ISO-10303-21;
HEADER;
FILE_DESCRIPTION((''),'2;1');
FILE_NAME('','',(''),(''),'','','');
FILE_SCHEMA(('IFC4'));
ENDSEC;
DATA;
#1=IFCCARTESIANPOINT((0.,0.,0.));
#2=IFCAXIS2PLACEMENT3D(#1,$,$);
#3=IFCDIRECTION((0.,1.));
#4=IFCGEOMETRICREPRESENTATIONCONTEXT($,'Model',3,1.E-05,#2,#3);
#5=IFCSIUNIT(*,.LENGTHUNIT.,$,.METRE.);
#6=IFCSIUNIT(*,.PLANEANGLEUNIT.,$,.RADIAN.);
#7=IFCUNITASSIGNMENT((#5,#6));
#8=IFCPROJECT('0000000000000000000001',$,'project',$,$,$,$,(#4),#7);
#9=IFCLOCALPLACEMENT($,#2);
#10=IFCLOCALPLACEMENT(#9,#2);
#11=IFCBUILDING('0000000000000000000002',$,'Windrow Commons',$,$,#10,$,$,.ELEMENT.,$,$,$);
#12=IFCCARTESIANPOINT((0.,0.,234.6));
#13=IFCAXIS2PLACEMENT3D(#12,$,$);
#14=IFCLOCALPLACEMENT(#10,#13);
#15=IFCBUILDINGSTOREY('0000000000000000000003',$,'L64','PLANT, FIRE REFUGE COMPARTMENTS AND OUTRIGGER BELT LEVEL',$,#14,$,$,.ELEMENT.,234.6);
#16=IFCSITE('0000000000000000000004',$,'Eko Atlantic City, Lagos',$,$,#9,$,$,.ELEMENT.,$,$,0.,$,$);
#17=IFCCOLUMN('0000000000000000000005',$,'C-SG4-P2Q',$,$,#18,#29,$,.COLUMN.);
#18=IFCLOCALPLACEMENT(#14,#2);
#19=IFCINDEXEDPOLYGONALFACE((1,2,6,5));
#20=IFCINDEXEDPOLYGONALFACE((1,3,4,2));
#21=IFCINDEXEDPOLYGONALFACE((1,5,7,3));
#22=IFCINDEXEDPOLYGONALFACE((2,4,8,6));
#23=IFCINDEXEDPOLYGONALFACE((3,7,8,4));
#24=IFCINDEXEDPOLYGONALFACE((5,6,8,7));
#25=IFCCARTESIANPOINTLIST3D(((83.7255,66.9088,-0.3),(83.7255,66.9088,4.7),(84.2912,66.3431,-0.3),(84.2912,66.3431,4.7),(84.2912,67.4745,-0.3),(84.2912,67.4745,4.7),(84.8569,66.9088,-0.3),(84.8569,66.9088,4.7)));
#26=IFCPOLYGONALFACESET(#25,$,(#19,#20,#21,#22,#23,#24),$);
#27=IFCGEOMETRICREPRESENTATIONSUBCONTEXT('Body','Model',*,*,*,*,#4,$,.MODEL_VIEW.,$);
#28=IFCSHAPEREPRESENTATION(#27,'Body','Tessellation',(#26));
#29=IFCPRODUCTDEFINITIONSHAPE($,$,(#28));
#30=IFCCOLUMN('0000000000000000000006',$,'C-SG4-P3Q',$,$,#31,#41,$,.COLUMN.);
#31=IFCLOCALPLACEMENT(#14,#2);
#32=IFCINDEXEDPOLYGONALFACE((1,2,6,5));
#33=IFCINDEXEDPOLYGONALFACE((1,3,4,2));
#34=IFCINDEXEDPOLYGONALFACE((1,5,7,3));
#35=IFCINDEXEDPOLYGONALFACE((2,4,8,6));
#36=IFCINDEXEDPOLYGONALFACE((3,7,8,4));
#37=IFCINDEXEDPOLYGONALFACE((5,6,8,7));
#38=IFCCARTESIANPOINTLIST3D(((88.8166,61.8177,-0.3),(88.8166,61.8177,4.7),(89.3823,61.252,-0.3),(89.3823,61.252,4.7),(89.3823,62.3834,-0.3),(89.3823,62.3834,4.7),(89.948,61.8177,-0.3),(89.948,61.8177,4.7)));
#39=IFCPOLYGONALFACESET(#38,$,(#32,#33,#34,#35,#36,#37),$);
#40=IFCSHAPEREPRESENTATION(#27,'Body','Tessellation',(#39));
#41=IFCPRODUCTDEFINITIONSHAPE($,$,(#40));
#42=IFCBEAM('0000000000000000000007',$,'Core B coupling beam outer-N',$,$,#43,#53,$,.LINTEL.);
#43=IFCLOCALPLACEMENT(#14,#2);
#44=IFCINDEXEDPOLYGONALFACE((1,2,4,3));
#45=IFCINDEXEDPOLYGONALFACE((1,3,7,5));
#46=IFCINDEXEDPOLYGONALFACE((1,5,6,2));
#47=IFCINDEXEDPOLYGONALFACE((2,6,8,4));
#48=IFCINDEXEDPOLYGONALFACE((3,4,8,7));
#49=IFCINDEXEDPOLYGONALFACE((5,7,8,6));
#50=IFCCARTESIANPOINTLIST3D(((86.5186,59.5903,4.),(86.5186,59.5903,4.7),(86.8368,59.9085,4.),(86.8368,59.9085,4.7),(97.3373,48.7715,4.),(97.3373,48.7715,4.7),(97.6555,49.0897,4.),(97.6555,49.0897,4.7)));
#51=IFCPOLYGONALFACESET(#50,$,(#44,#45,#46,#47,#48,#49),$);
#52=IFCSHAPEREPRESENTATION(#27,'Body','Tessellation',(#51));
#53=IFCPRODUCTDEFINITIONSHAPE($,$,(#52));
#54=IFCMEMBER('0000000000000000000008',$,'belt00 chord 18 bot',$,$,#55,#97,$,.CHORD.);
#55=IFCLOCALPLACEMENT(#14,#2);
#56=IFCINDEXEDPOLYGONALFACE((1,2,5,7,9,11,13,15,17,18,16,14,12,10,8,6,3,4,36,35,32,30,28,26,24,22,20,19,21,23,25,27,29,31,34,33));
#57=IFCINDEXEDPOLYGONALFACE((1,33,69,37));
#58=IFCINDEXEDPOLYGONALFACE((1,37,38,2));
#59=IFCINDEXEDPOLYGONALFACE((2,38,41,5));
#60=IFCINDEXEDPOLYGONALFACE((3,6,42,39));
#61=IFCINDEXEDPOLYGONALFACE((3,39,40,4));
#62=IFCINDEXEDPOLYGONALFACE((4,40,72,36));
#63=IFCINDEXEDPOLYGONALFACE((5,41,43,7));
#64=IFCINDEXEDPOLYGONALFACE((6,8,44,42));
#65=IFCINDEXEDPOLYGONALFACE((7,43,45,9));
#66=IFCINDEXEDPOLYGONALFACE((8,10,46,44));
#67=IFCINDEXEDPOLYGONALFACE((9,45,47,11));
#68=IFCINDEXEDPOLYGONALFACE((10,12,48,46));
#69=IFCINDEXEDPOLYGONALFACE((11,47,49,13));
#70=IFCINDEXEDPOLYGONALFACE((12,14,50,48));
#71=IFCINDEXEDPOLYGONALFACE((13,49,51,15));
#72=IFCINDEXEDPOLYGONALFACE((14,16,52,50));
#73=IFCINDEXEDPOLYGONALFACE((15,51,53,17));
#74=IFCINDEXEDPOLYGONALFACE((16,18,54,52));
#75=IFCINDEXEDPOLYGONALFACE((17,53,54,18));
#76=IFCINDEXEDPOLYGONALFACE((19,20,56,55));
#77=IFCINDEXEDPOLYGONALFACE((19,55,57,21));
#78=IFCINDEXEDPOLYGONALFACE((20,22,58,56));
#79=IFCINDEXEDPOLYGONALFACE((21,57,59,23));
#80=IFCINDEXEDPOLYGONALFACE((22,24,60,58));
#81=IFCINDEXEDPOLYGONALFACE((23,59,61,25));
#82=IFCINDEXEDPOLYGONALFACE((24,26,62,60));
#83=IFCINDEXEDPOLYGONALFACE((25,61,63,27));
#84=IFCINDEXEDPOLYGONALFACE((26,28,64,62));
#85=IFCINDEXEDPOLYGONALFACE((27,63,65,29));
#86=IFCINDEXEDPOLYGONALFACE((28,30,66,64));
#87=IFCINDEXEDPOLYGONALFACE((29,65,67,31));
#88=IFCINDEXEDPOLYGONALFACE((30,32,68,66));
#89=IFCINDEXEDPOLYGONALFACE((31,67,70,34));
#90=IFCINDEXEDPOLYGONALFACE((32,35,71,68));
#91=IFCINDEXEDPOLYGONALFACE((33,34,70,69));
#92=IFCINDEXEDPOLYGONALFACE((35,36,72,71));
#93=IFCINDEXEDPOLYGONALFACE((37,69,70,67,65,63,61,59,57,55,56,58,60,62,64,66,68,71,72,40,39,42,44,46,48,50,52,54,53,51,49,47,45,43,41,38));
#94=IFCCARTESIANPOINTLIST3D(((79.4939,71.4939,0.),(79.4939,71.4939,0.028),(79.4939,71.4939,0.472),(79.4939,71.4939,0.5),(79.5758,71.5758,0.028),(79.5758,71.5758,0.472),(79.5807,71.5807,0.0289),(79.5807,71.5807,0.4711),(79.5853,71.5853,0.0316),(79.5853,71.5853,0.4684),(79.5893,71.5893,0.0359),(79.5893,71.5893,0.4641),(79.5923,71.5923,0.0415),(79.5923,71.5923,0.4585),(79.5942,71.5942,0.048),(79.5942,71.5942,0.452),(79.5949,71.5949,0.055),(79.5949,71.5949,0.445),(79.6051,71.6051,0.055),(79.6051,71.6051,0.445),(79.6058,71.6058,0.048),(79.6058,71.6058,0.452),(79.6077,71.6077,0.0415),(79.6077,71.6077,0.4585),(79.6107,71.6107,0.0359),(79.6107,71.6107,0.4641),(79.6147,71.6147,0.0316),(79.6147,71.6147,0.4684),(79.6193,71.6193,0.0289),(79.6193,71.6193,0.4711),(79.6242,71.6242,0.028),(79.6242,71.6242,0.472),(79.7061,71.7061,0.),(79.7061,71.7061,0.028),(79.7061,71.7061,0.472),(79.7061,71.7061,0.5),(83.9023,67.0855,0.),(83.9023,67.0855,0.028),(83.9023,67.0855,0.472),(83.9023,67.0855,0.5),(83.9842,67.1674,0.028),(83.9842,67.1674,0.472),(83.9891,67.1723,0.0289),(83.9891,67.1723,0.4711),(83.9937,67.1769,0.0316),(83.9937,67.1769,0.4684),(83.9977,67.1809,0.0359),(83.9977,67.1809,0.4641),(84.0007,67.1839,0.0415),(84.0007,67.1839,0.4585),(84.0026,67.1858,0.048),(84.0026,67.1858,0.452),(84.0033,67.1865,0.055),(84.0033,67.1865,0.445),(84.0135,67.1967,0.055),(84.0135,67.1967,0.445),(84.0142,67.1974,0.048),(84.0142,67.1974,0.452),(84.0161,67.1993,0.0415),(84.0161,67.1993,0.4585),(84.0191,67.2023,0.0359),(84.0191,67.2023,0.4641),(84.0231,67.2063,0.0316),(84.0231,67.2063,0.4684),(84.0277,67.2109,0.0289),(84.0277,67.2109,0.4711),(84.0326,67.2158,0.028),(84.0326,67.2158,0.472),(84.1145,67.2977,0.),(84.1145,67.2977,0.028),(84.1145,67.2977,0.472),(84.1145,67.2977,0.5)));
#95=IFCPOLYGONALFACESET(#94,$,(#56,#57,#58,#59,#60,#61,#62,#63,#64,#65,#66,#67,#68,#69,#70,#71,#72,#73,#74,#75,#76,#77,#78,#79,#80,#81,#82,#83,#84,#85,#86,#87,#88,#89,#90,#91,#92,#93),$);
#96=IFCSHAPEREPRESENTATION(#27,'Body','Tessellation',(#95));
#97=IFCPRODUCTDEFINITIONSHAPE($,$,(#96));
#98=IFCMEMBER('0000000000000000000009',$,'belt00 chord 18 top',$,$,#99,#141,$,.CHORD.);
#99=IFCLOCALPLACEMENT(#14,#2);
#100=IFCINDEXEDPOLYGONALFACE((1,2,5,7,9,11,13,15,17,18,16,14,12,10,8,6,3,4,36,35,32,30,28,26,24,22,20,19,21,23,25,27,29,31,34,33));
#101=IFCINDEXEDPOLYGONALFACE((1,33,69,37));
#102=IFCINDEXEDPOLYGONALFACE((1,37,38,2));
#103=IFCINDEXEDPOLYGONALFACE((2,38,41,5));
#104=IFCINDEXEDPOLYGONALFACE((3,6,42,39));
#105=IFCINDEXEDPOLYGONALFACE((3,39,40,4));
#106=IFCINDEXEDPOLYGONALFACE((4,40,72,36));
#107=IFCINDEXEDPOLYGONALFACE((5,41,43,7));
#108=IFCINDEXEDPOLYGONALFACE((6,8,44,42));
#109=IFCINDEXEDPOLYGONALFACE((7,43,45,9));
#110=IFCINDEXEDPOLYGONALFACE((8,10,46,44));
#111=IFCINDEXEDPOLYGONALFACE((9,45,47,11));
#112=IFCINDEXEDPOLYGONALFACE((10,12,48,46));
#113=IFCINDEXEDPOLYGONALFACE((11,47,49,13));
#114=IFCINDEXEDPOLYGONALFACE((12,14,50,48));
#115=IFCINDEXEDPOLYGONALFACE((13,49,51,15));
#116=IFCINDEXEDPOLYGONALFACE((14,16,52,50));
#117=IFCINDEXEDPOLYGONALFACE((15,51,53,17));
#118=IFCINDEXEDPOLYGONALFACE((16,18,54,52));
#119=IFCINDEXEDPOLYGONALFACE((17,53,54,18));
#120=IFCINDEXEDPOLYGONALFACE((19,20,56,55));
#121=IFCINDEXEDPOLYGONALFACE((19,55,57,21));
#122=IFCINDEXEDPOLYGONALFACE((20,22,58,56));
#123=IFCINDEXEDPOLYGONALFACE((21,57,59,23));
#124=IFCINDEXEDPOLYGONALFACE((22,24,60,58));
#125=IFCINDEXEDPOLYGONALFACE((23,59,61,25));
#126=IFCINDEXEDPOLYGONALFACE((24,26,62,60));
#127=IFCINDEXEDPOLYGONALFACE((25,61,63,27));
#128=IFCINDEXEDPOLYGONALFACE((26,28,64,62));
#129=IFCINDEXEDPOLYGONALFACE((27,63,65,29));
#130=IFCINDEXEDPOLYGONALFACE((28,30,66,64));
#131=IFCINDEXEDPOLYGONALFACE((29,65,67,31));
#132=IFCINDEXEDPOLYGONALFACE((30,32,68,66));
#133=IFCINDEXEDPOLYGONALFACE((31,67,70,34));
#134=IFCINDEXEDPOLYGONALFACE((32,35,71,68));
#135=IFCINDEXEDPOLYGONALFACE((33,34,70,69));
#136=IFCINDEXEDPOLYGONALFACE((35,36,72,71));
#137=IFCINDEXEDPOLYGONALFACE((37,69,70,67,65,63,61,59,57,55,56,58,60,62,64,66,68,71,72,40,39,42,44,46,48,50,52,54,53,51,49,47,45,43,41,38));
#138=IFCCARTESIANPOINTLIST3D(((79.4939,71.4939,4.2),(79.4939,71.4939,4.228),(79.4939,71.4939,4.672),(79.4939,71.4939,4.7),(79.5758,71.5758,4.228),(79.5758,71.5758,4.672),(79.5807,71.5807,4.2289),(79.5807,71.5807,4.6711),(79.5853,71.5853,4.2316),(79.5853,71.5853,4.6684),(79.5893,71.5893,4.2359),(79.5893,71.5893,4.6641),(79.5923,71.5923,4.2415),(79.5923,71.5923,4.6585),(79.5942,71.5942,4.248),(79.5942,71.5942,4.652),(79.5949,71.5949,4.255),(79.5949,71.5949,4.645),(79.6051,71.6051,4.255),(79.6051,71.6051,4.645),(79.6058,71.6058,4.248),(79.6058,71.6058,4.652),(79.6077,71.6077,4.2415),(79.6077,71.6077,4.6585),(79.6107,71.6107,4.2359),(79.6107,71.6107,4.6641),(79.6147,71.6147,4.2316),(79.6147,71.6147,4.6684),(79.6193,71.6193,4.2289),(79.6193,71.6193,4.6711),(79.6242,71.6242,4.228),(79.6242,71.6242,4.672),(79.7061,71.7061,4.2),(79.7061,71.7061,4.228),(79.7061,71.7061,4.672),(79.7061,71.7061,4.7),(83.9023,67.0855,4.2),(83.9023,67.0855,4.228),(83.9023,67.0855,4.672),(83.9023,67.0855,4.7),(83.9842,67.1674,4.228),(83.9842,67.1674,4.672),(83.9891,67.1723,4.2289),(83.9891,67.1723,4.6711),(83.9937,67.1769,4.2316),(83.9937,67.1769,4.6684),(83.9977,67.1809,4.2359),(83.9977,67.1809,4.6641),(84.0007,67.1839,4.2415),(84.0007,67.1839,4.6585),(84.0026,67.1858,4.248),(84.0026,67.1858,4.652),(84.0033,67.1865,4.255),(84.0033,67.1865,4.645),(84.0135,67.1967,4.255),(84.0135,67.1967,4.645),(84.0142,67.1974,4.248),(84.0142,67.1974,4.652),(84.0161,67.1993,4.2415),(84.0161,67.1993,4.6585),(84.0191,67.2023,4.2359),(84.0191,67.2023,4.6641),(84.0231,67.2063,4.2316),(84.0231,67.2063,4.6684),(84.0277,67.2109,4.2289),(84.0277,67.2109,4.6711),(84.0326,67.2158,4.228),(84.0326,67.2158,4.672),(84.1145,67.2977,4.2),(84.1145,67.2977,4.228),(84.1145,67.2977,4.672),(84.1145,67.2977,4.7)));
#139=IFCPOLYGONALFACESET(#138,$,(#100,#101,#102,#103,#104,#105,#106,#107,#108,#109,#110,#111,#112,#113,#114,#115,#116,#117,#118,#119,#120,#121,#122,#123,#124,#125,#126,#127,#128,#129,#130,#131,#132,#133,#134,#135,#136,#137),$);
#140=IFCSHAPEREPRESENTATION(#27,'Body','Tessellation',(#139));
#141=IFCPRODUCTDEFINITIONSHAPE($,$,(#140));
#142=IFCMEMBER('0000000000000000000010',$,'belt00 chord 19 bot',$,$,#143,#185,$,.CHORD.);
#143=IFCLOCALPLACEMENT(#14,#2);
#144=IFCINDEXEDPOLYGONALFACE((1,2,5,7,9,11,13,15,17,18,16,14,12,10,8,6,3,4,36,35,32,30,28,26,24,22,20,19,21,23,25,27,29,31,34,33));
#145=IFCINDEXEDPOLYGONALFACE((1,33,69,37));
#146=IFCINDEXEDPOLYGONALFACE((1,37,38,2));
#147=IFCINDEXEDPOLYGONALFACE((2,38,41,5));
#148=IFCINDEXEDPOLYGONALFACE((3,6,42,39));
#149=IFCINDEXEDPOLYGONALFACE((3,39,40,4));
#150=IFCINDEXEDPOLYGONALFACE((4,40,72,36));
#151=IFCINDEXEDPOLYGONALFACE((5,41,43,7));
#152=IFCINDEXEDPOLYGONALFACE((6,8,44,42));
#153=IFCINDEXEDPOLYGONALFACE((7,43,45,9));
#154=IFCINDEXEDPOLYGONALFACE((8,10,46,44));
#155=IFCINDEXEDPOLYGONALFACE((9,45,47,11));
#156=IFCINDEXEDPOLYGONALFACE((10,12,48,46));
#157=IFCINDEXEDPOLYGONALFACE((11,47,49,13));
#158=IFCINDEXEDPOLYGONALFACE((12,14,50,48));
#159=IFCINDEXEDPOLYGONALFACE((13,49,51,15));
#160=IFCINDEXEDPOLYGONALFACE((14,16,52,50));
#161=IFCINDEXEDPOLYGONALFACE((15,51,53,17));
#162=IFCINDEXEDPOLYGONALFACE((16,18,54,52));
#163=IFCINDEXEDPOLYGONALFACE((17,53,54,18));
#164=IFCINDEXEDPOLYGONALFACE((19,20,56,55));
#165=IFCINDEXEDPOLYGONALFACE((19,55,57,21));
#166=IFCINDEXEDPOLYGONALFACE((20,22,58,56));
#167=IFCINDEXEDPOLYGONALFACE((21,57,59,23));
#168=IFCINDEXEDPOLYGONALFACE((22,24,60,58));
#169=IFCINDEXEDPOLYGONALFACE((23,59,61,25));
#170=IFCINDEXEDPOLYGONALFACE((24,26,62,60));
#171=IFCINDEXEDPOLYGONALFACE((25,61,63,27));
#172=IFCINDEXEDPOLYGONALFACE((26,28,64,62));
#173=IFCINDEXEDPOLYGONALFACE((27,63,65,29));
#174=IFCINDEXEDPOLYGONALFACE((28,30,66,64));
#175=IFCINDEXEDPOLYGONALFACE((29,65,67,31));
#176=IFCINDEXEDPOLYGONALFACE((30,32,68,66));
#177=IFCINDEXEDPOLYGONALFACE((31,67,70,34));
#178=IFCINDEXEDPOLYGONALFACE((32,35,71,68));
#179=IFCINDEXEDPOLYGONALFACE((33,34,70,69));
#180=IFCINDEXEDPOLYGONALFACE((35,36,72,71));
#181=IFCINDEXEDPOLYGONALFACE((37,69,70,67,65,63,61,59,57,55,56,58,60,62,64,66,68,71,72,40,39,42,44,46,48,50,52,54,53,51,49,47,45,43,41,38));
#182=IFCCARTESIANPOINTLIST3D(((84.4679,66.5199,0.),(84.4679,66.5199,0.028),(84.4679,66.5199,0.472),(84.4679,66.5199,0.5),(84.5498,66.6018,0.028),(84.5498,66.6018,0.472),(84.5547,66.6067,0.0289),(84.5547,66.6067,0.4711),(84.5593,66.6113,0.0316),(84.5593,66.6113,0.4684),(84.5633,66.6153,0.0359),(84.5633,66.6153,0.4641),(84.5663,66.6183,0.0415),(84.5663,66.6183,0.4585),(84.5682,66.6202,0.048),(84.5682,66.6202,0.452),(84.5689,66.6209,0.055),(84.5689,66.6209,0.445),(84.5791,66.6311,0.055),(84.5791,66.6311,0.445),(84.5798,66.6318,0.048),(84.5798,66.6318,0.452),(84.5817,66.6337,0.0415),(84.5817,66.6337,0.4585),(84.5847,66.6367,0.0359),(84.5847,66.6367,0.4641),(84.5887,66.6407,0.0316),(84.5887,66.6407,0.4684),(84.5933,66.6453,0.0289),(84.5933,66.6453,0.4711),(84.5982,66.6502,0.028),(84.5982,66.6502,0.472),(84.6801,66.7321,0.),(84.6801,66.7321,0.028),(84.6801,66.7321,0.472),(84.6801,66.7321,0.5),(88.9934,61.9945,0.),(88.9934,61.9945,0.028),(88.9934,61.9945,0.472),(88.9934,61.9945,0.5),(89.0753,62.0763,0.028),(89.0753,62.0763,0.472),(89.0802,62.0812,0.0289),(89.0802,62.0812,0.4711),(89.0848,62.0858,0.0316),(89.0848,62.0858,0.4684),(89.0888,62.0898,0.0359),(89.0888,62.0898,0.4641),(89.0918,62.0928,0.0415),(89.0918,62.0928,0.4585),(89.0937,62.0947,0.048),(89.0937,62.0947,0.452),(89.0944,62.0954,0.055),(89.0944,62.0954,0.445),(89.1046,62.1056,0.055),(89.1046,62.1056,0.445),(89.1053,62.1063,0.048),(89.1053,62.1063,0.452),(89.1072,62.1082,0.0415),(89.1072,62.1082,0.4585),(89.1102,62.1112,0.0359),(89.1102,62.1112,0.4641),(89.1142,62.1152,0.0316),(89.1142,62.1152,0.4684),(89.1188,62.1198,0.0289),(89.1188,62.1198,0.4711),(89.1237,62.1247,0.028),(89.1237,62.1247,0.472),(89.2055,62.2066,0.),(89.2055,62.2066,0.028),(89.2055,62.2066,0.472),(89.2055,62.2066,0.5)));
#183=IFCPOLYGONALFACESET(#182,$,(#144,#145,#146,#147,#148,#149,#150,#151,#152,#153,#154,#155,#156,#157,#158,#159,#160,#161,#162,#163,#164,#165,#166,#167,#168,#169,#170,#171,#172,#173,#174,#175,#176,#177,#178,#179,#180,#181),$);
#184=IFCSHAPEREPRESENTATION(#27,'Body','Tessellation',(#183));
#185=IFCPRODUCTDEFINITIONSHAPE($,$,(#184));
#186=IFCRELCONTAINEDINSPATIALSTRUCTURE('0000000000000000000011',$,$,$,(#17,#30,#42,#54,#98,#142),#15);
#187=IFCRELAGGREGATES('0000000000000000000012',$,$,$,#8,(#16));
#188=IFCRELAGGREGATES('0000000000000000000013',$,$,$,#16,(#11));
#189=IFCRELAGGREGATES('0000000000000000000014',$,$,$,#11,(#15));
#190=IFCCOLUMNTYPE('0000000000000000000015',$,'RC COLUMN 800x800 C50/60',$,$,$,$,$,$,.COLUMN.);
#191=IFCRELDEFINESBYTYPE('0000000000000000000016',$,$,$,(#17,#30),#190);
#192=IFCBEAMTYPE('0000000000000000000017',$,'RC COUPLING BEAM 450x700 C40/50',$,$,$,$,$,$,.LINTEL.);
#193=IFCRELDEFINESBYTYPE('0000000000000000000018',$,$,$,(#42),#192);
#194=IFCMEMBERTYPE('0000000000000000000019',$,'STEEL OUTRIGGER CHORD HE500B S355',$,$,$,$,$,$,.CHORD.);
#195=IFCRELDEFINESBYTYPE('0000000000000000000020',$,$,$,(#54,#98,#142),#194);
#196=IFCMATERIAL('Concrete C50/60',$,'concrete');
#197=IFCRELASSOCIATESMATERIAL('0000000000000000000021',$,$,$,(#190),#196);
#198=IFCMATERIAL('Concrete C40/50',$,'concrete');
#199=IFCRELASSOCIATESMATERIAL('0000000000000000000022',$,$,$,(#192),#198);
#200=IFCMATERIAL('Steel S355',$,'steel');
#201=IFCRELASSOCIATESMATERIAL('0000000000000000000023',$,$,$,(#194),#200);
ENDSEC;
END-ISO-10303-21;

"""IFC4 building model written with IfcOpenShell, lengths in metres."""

from ifc_helpers import new_model, si_unit, direction, frame, origin, origin_2d, place, context, subcontext, project, spatial, rectangle, i_section, extrude, material, material_profile, profile_set, type_object, element, save


model = new_model("IFC4")

# Units and contexts
model_context = context("Model", 3, precision=1e-05, world=origin(), true_north=direction((0.0, 1.0)))
body_context = subcontext(model_context, "Body", "Model", "MODEL_VIEW")
ifc_project = project(units=[si_unit("LENGTHUNIT", "METRE"), si_unit("PLANEANGLEUNIT", "RADIAN")], contexts=[model_context])

# Site, building, storey
site_placement = place(None, origin())
site = spatial("IfcSite", under=ifc_project, at=site_placement, Name="Eko Atlantic City, Lagos", CompositionType="ELEMENT", RefElevation=0.0)
building_placement = place(site_placement, origin())
building = spatial("IfcBuilding", under=site, at=building_placement, Name="Windrow Commons", CompositionType="ELEMENT")
storey_placement = place(building_placement, frame((0.0, 0.0, 234.6)))
storey = spatial("IfcBuildingStorey", under=building, at=storey_placement, Name="L64", Description="PLANT, FIRE REFUGE COMPARTMENTS AND OUTRIGGER BELT LEVEL", CompositionType="ELEMENT", Elevation=234.6)

# Columns
ifc_material_1 = material(Name="Concrete C50/60", Category="concrete")
ifc_material_profile_1 = material_profile(ifc_material_1, rectangle(XDim=0.8, YDim=0.8, at=origin_2d()))
ifc_profile_set_1 = profile_set([ifc_material_profile_1], Name="Concrete C50/60")
column_type = type_object("IfcColumnType", Name="RC COLUMN 800x800 C50/60", PredefinedType="COLUMN", material=ifc_profile_set_1)
for number, where, z_axis, x_axis, name in (
    (1, (84.2912, 66.9088, -0.3), (0.0, 0.0, 1.0), (0.707107, -0.707107, 0.0), "C-SG4-P2Q"),
    (2, (89.3823, 61.8177, -0.3), (0.0, 0.0, 1.0), (0.707107, -0.707107, 0.0), "C-SG4-P3Q"),
):
    element("IfcColumn", number, at=place(storey_placement, frame(where, z_axis=z_axis, x_axis=x_axis)), inside=storey, type_object=column_type, Name=name, PredefinedType="COLUMN", context=body_context, shape_type="SweptSolid", body=[
        extrude(rectangle(XDim=0.8, YDim=0.8, at=origin_2d()), origin(), (0.0, 0.0, 1.0), 5.0),
    ])

# Beam
ifc_material_2 = material(Name="Concrete C40/50", Category="concrete")
ifc_material_profile_2 = material_profile(ifc_material_2, rectangle(XDim=0.45, YDim=0.7, at=origin_2d()))
ifc_profile_set_2 = profile_set([ifc_material_profile_2], Name="Concrete C40/50")
beam_type = type_object("IfcBeamType", Name="RC COUPLING BEAM 450x700 C40/50", PredefinedType="LINTEL", material=ifc_profile_set_2)
beam_placement = place(storey_placement, frame((86.6777, 59.7494, 4.35), z_axis=(0.707104, -0.70711, 0.0), x_axis=(0.70711, 0.707104, 0.0)))
element("IfcBeam", 3, at=beam_placement, inside=storey, type_object=beam_type, Name="Core B coupling beam outer-N", PredefinedType="LINTEL", context=body_context, shape_type="SweptSolid", body=[
    extrude(rectangle(XDim=0.45, YDim=0.7, at=origin_2d()), origin(), (0.0, 0.0, 1.0), 15.3),
])

# Members
ifc_material_3 = material(Name="Steel S355", Category="steel")
ifc_material_profile_3 = material_profile(ifc_material_3, i_section(OverallWidth=0.3, OverallDepth=0.5, WebThickness=0.0145, FlangeThickness=0.028, FilletRadius=0.027, at=origin_2d()))
ifc_profile_set_3 = profile_set([ifc_material_profile_3], Name="Steel S355")
member_type_1 = type_object("IfcMemberType", Name="STEEL OUTRIGGER CHORD HE500B S355", PredefinedType="CHORD", material=ifc_profile_set_3)
for number, where, z_axis, x_axis, name in (
    (4, (79.6, 71.6, 0.25), (0.707107, -0.707107, 0.0), (0.707107, 0.707107, 0.0), "belt00 chord 18 bot"),
    (5, (79.6, 71.6, 4.45), (0.707107, -0.707107, 0.0), (0.707107, 0.707107, 0.0), "belt00 chord 18 top"),
):
    element("IfcMember", number, at=place(storey_placement, frame(where, z_axis=z_axis, x_axis=x_axis)), inside=storey, type_object=member_type_1, Name=name, PredefinedType="CHORD", context=body_context, shape_type="SweptSolid", body=[
        extrude(i_section(OverallWidth=0.3, OverallDepth=0.5, WebThickness=0.0145, FlangeThickness=0.028, FilletRadius=0.027, at=origin_2d()), origin(), (0.0, 0.0, 1.0), 6.2344),
    ])
for number, where, z_axis, x_axis, name in (
    (6, (84.574, 66.626, 0.25), (0.707107, -0.707107, 0.0), (0.707107, 0.707107, 0.0), "belt00 chord 19 bot"),
):
    element("IfcMember", number, at=place(storey_placement, frame(where, z_axis=z_axis, x_axis=x_axis)), inside=storey, type_object=member_type_1, Name=name, PredefinedType="CHORD", context=body_context, shape_type="SweptSolid", body=[
        extrude(i_section(OverallWidth=0.3, OverallDepth=0.5, WebThickness=0.0145, FlangeThickness=0.028, FilletRadius=0.027, at=origin_2d()), origin(), (0.0, 0.0, 1.0), 6.4),
    ])

save(model, "model.ifc")
